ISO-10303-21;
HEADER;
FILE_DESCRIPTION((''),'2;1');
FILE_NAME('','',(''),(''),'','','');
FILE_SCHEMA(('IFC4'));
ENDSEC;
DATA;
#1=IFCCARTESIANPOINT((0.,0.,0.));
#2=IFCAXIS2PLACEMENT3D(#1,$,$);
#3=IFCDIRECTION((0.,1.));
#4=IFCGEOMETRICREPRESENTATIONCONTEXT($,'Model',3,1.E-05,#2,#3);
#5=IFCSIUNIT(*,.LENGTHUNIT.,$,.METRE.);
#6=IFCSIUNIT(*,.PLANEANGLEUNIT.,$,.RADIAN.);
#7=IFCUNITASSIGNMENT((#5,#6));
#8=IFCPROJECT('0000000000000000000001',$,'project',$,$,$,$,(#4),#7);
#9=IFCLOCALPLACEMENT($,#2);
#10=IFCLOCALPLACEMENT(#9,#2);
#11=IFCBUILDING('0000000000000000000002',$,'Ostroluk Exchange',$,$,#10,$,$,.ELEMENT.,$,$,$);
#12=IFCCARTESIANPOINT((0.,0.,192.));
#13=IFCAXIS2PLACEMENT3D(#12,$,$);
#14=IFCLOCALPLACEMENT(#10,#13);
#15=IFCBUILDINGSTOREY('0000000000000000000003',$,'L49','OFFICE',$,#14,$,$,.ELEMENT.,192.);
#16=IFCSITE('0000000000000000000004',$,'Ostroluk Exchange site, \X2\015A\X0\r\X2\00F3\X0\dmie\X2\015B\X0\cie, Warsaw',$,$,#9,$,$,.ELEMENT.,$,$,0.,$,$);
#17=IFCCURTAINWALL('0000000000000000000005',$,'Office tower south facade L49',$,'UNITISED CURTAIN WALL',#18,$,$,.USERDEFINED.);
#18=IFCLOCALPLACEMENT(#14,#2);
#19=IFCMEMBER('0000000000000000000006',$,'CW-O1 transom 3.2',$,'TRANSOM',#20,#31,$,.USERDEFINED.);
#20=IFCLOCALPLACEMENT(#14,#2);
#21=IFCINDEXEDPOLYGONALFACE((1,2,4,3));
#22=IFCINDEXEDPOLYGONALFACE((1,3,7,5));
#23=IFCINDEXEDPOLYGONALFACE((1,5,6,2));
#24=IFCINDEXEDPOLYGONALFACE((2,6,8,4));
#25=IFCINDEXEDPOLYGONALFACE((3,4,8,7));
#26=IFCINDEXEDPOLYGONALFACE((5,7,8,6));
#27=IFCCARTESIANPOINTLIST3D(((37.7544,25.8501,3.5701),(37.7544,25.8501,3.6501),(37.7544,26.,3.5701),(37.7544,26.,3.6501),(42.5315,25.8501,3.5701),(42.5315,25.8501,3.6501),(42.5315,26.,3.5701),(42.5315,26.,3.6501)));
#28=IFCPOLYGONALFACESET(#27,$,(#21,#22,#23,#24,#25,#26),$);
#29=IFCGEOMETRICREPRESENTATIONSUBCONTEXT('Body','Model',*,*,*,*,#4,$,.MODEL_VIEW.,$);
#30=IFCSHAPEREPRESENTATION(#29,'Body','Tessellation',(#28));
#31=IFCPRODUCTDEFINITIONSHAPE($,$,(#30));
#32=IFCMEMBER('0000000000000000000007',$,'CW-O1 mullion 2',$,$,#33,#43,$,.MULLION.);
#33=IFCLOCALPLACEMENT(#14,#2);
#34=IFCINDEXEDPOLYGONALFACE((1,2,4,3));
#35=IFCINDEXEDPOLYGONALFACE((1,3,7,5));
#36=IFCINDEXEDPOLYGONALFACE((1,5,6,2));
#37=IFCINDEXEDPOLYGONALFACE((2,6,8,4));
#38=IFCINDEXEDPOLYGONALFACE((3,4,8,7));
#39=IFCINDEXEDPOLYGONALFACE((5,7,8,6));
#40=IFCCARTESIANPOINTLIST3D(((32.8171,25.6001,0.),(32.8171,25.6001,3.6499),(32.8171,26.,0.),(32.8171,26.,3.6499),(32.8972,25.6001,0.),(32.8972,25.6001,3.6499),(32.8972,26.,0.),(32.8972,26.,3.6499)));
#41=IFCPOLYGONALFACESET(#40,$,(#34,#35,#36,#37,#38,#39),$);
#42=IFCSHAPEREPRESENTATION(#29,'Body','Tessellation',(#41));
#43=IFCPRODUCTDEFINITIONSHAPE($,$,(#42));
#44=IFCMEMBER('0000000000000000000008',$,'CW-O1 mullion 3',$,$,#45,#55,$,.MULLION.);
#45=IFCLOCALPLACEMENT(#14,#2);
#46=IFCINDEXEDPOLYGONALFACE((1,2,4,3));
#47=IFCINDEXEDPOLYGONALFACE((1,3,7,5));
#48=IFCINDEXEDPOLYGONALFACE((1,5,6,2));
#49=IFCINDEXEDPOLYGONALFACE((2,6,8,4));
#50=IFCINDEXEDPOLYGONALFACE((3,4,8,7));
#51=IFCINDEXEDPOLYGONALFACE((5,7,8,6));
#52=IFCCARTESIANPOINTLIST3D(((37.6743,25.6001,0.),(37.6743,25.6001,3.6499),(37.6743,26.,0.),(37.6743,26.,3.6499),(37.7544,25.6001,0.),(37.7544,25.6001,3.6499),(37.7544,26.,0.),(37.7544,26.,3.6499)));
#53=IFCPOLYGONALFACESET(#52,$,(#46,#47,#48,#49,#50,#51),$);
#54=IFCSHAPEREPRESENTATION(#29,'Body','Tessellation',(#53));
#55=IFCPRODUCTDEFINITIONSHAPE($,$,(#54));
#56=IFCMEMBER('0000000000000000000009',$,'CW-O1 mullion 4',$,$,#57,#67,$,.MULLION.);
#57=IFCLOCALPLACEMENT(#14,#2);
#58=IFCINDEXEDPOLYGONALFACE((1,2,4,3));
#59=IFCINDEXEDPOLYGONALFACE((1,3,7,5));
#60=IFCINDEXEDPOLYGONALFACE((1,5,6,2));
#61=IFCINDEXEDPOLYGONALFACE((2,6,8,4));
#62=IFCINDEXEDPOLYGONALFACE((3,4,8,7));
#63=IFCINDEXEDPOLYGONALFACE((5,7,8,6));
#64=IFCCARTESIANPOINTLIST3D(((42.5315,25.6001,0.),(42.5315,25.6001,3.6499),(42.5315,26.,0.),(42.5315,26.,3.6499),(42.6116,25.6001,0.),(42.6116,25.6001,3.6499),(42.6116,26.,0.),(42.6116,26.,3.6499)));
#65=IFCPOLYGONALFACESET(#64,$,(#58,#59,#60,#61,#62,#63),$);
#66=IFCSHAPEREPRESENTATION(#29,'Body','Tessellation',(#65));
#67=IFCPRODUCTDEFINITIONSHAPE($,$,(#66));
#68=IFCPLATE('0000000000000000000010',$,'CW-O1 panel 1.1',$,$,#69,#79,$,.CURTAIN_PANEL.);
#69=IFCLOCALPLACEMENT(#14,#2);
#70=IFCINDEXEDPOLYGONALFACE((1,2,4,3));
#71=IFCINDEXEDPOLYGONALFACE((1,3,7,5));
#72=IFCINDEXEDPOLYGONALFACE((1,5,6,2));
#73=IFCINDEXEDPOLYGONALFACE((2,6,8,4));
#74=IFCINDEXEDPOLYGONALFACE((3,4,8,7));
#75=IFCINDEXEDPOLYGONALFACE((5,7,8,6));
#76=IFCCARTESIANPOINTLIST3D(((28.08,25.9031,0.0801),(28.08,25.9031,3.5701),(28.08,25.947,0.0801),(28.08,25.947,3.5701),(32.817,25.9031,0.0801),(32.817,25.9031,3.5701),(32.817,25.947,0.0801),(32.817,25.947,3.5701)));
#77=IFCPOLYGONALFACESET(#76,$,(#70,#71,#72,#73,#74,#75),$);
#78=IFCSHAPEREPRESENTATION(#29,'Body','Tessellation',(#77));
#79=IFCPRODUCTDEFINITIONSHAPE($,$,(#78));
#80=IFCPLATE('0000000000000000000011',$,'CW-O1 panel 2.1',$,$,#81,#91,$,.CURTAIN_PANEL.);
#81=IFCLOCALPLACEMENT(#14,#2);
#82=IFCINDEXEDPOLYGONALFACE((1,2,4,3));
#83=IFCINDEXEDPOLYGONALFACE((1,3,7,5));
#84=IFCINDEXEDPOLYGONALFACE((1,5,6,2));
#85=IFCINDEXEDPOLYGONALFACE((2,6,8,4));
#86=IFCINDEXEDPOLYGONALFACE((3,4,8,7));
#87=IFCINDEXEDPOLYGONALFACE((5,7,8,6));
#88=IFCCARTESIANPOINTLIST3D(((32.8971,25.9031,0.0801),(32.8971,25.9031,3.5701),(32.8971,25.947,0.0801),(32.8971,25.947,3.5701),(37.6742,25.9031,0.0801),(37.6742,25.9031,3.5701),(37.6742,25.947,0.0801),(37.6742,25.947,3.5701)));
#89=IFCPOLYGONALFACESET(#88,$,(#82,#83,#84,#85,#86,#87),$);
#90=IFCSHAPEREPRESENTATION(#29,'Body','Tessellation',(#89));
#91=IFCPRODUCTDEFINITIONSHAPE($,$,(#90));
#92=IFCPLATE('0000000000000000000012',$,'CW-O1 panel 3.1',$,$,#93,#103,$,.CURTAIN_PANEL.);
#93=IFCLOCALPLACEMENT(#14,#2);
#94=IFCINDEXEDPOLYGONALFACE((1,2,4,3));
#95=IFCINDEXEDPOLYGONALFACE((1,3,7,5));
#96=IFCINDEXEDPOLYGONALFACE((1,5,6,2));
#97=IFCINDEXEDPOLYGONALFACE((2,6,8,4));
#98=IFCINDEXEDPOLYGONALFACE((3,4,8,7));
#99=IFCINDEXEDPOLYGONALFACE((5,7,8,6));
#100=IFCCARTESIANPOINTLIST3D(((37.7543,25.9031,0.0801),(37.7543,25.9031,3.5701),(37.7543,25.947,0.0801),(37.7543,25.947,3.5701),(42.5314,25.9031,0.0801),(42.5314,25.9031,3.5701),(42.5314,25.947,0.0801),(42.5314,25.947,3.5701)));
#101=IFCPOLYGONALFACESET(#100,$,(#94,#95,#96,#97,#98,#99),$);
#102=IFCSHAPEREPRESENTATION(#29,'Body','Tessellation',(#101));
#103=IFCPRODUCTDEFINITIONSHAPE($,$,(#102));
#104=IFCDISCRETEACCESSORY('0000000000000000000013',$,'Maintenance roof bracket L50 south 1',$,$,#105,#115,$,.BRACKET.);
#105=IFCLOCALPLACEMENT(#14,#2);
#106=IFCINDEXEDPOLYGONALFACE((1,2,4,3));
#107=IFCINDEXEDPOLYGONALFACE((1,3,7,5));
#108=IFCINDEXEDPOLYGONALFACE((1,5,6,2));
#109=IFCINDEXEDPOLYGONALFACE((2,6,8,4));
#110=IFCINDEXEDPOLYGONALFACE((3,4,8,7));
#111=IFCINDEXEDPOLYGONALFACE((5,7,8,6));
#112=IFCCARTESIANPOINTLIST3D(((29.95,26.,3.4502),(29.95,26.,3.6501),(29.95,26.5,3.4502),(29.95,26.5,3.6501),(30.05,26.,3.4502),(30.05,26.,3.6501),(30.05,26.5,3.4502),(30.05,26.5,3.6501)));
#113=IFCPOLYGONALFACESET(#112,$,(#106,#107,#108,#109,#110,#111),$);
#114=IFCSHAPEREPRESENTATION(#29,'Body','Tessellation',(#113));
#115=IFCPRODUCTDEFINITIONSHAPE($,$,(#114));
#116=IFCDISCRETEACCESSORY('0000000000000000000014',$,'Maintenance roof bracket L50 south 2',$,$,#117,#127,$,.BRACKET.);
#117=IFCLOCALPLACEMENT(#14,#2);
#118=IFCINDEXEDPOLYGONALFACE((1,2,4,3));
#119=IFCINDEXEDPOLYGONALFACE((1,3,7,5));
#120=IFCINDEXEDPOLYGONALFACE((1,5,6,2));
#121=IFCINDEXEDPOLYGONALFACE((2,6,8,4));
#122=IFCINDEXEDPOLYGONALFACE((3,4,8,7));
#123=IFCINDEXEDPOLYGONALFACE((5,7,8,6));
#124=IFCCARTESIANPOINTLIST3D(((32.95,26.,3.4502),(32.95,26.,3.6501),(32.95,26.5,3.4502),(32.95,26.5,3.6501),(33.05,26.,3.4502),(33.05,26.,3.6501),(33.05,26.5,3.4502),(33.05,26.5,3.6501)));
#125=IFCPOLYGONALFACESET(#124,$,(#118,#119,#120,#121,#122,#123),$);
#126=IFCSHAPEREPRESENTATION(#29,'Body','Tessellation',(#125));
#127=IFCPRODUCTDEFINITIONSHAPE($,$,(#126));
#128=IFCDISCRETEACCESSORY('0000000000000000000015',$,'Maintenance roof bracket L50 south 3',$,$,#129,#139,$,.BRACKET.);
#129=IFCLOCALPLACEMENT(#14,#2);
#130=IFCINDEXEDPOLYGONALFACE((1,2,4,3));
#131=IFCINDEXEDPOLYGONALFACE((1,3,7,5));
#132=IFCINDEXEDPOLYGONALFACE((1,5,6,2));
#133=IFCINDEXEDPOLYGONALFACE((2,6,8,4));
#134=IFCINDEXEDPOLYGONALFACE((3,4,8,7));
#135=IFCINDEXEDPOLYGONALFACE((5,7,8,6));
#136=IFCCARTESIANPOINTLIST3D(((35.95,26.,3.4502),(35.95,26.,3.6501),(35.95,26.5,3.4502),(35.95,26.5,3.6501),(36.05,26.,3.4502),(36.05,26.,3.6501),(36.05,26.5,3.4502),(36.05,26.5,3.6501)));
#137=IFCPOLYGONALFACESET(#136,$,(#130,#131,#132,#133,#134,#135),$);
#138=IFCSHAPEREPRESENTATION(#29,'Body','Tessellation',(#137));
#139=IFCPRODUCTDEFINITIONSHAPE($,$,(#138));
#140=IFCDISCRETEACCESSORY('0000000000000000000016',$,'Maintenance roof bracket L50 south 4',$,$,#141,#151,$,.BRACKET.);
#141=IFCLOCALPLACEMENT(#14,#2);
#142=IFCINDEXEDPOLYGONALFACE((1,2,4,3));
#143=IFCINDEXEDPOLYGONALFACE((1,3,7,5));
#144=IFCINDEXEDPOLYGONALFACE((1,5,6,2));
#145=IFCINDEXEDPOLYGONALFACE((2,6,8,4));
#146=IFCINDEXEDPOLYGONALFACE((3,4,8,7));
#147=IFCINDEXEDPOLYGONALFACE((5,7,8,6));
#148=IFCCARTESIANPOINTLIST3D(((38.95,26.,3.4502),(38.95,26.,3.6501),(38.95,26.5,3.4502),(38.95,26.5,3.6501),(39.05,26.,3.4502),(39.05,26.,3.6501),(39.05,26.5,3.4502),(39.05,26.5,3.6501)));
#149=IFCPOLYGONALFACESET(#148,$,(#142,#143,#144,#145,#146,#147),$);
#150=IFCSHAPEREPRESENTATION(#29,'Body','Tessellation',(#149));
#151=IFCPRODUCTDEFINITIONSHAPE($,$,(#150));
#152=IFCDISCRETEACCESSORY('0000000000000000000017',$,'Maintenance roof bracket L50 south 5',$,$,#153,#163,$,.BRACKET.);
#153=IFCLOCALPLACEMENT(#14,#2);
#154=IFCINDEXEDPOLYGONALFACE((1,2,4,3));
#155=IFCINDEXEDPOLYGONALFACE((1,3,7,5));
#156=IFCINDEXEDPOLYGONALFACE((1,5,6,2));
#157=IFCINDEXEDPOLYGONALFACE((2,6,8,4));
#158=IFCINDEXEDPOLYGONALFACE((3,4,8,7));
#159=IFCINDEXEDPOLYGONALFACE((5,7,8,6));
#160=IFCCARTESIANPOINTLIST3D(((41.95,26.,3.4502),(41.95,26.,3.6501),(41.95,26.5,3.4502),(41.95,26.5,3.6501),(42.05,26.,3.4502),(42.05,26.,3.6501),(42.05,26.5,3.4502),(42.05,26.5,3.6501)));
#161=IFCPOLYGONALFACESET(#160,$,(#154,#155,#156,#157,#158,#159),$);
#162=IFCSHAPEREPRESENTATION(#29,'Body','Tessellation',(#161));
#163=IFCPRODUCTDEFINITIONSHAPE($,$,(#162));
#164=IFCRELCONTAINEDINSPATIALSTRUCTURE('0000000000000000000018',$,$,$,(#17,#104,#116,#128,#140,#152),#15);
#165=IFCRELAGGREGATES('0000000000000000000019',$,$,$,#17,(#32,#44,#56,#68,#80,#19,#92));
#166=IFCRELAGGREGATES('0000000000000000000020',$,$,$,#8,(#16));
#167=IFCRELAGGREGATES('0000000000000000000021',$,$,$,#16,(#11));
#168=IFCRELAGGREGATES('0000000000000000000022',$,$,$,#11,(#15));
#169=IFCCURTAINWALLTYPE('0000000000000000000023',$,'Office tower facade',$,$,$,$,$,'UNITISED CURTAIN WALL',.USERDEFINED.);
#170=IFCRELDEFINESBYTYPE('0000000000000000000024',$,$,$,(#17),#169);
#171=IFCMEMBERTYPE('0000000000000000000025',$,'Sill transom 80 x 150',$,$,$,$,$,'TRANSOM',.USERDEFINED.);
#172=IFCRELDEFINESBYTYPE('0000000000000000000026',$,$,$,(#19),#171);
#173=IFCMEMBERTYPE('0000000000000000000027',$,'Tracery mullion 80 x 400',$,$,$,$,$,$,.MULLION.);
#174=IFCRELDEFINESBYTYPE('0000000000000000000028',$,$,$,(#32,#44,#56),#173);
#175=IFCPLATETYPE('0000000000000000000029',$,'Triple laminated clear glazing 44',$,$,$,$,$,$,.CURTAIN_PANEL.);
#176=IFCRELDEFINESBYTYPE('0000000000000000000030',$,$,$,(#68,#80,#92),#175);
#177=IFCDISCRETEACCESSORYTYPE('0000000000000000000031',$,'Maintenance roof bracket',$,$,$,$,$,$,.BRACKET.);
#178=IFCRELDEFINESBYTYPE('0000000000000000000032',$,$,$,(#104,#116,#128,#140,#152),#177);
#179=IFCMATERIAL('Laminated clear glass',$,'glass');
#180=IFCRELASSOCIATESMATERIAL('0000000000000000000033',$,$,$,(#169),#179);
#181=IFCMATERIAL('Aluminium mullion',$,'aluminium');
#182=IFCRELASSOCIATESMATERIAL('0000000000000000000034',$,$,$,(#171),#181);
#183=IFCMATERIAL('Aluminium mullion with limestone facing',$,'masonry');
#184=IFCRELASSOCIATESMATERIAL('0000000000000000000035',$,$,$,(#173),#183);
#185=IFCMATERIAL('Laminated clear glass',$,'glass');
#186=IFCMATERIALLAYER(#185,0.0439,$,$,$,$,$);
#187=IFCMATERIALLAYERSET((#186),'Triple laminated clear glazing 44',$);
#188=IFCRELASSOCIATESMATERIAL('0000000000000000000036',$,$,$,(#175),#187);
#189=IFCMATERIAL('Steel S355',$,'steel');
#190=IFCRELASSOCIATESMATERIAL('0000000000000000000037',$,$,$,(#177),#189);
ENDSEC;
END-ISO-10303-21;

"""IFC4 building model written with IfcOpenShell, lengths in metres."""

from ifc_helpers import new_model, si_unit, direction, frame, origin, origin_2d, place, context, subcontext, project, spatial, rectangle, extrude, material, layer, layer_set, material_profile, profile_set, type_object, element, aggregate, save


model = new_model("IFC4")

# Units and contexts
model_context = context("Model", 3, precision=1e-05, world=origin(), true_north=direction((0.0, 1.0)))
body_context = subcontext(model_context, "Body", "Model", "MODEL_VIEW")
ifc_project = project(units=[si_unit("LENGTHUNIT", "METRE"), si_unit("PLANEANGLEUNIT", "RADIAN")], contexts=[model_context])

# Site, building, storey
site_placement = place(None, origin())
site = spatial("IfcSite", under=ifc_project, at=site_placement, Name="Ostroluk Exchange site, Śródmieście, Warsaw", CompositionType="ELEMENT", RefElevation=0.0)
building_placement = place(site_placement, origin())
building = spatial("IfcBuilding", under=site, at=building_placement, Name="Ostroluk Exchange", CompositionType="ELEMENT")
storey_placement = place(building_placement, frame((0.0, 0.0, 192.0)))
storey = spatial("IfcBuildingStorey", under=building, at=storey_placement, Name="L49", Description="OFFICE", CompositionType="ELEMENT", Elevation=192.0)

# Curtain wall, members, plates
ifc_material_1 = material(Name="Laminated clear glass", Category="glass")
curtain_wall_type = type_object("IfcCurtainWallType", Name="Office tower facade", ElementType="UNITISED CURTAIN WALL", PredefinedType="USERDEFINED", material=ifc_material_1)
curtain_wall_placement = place(storey_placement, origin())
curtain_wall = element("IfcCurtainWall", 1, at=curtain_wall_placement, inside=storey, type_object=curtain_wall_type, Name="Office tower south facade L49", ObjectType="UNITISED CURTAIN WALL", PredefinedType="USERDEFINED")
ifc_material_2 = material(Name="Aluminium mullion", Category="aluminium")
ifc_material_profile_1 = material_profile(ifc_material_2, rectangle(XDim=0.1499, YDim=0.0801, at=origin_2d()), Name="Sill transom 80 x 150")
ifc_profile_set_1 = profile_set([ifc_material_profile_1], Name="Aluminium mullion")
member_type_1 = type_object("IfcMemberType", Name="Sill transom 80 x 150", ElementType="TRANSOM", PredefinedType="USERDEFINED", material=ifc_profile_set_1)
member_1_placement = place(storey_placement, frame((37.7544, 25.925, 3.6101), z_axis=(1.0, 0.0, 0.0), x_axis=(0.0, 1.0, 0.0)))
member_1 = element("IfcMember", 2, at=member_1_placement, type_object=member_type_1, Name="CW-O1 transom 3.2", ObjectType="TRANSOM", PredefinedType="USERDEFINED", context=body_context, shape_type="SweptSolid", body=[
    extrude(rectangle(XDim=0.1499, YDim=0.0801, at=origin_2d()), origin(), (0.0, 0.0, 1.0), 4.7771),
])
ifc_material_3 = material(Name="Aluminium mullion with limestone facing", Category="masonry")
ifc_material_profile_2 = material_profile(ifc_material_3, rectangle(XDim=0.3999, YDim=0.0801, at=origin_2d()), Name="Tracery mullion 80 x 400")
ifc_profile_set_2 = profile_set([ifc_material_profile_2], Name="Aluminium mullion with limestone facing")
member_type_2 = type_object("IfcMemberType", Name="Tracery mullion 80 x 400", PredefinedType="MULLION", material=ifc_profile_set_2)
member_2_placement = place(storey_placement, frame((32.8572, 25.8, 0.0), z_axis=(0.0, 0.0, 1.0), x_axis=(0.0, 1.0, 0.0)))
member_2 = element("IfcMember", 3, at=member_2_placement, type_object=member_type_2, Name="CW-O1 mullion 2", PredefinedType="MULLION", context=body_context, shape_type="SweptSolid", body=[
    extrude(rectangle(XDim=0.3999, YDim=0.0801, at=origin_2d()), origin(), (0.0, 0.0, 1.0), 3.6499),
])
member_3_placement = place(storey_placement, frame((37.7144, 25.8, 0.0), z_axis=(0.0, 0.0, 1.0), x_axis=(0.0, 1.0, 0.0)))
member_3 = element("IfcMember", 4, at=member_3_placement, type_object=member_type_2, Name="CW-O1 mullion 3", PredefinedType="MULLION", context=body_context, shape_type="SweptSolid", body=[
    extrude(rectangle(XDim=0.3999, YDim=0.0801, at=origin_2d()), origin(), (0.0, 0.0, 1.0), 3.6499),
])
member_4_placement = place(storey_placement, frame((42.5715, 25.8, 0.0), z_axis=(0.0, 0.0, 1.0), x_axis=(0.0, 1.0, 0.0)))
member_4 = element("IfcMember", 5, at=member_4_placement, type_object=member_type_2, Name="CW-O1 mullion 4", PredefinedType="MULLION", context=body_context, shape_type="SweptSolid", body=[
    extrude(rectangle(XDim=0.3999, YDim=0.0801, at=origin_2d()), origin(), (0.0, 0.0, 1.0), 3.6499),
])
ifc_material_4 = material(Name="Laminated clear glass", Category="glass")
ifc_layer = layer(ifc_material_4, 0.0439)
ifc_layer_set = layer_set([ifc_layer], Name="Triple laminated clear glazing 44")
plate_type = type_object("IfcPlateType", Name="Triple laminated clear glazing 44", PredefinedType="CURTAIN_PANEL", material=ifc_layer_set)
plate_1_placement = place(storey_placement, frame((30.4485, 25.925, 0.0801), z_axis=(0.0, 0.0, 1.0), x_axis=(1.0, 0.0, 0.0)))
plate_1 = element("IfcPlate", 6, at=plate_1_placement, type_object=plate_type, Name="CW-O1 panel 1.1", PredefinedType="CURTAIN_PANEL", context=body_context, shape_type="SweptSolid", body=[
    extrude(rectangle(XDim=4.7371, YDim=0.0439, at=origin_2d()), origin(), (0.0, 0.0, 1.0), 3.49),
])
plate_2_placement = place(storey_placement, frame((35.2856, 25.925, 0.0801), z_axis=(0.0, 0.0, 1.0), x_axis=(1.0, 0.0, 0.0)))
plate_2 = element("IfcPlate", 7, at=plate_2_placement, type_object=plate_type, Name="CW-O1 panel 2.1", PredefinedType="CURTAIN_PANEL", context=body_context, shape_type="SweptSolid", body=[
    extrude(rectangle(XDim=4.7771, YDim=0.0439, at=origin_2d()), origin(), (0.0, 0.0, 1.0), 3.49),
])
plate_3_placement = place(storey_placement, frame((40.1428, 25.925, 0.0801), z_axis=(0.0, 0.0, 1.0), x_axis=(1.0, 0.0, 0.0)))
plate_3 = element("IfcPlate", 8, at=plate_3_placement, type_object=plate_type, Name="CW-O1 panel 3.1", PredefinedType="CURTAIN_PANEL", context=body_context, shape_type="SweptSolid", body=[
    extrude(rectangle(XDim=4.7771, YDim=0.0439, at=origin_2d()), origin(), (0.0, 0.0, 1.0), 3.49),
])
aggregate(curtain_wall, [member_2, member_3, member_4, plate_1, plate_2, member_1, plate_3])

# Discrete accessories
ifc_material_5 = material(Name="Steel S355", Category="steel")
discrete_accessory_type = type_object("IfcDiscreteAccessoryType", Name="Maintenance roof bracket", PredefinedType="BRACKET", material=ifc_material_5)
for number, where, z_axis, x_axis, name in (
    (9, (30.0, 26.25, 3.4502), (0.0, 0.0, 1.0), (1.0, 0.0, 0.0), "Maintenance roof bracket L50 south 1"),
    (10, (33.0, 26.25, 3.4502), (0.0, 0.0, 1.0), (1.0, 0.0, 0.0), "Maintenance roof bracket L50 south 2"),
    (11, (36.0, 26.25, 3.4502), (0.0, 0.0, 1.0), (1.0, 0.0, 0.0), "Maintenance roof bracket L50 south 3"),
    (12, (39.0, 26.25, 3.4502), (0.0, 0.0, 1.0), (1.0, 0.0, 0.0), "Maintenance roof bracket L50 south 4"),
    (13, (42.0, 26.25, 3.4502), (0.0, 0.0, 1.0), (1.0, 0.0, 0.0), "Maintenance roof bracket L50 south 5"),
):
    element("IfcDiscreteAccessory", number, at=place(storey_placement, frame(where, z_axis=z_axis, x_axis=x_axis)), inside=storey, type_object=discrete_accessory_type, Name=name, PredefinedType="BRACKET", context=body_context, shape_type="SweptSolid", body=[
        extrude(rectangle(XDim=0.1001, YDim=0.5, at=origin_2d()), origin(), (0.0, 0.0, 1.0), 0.2),
    ])

save(model, "model.ifc")
